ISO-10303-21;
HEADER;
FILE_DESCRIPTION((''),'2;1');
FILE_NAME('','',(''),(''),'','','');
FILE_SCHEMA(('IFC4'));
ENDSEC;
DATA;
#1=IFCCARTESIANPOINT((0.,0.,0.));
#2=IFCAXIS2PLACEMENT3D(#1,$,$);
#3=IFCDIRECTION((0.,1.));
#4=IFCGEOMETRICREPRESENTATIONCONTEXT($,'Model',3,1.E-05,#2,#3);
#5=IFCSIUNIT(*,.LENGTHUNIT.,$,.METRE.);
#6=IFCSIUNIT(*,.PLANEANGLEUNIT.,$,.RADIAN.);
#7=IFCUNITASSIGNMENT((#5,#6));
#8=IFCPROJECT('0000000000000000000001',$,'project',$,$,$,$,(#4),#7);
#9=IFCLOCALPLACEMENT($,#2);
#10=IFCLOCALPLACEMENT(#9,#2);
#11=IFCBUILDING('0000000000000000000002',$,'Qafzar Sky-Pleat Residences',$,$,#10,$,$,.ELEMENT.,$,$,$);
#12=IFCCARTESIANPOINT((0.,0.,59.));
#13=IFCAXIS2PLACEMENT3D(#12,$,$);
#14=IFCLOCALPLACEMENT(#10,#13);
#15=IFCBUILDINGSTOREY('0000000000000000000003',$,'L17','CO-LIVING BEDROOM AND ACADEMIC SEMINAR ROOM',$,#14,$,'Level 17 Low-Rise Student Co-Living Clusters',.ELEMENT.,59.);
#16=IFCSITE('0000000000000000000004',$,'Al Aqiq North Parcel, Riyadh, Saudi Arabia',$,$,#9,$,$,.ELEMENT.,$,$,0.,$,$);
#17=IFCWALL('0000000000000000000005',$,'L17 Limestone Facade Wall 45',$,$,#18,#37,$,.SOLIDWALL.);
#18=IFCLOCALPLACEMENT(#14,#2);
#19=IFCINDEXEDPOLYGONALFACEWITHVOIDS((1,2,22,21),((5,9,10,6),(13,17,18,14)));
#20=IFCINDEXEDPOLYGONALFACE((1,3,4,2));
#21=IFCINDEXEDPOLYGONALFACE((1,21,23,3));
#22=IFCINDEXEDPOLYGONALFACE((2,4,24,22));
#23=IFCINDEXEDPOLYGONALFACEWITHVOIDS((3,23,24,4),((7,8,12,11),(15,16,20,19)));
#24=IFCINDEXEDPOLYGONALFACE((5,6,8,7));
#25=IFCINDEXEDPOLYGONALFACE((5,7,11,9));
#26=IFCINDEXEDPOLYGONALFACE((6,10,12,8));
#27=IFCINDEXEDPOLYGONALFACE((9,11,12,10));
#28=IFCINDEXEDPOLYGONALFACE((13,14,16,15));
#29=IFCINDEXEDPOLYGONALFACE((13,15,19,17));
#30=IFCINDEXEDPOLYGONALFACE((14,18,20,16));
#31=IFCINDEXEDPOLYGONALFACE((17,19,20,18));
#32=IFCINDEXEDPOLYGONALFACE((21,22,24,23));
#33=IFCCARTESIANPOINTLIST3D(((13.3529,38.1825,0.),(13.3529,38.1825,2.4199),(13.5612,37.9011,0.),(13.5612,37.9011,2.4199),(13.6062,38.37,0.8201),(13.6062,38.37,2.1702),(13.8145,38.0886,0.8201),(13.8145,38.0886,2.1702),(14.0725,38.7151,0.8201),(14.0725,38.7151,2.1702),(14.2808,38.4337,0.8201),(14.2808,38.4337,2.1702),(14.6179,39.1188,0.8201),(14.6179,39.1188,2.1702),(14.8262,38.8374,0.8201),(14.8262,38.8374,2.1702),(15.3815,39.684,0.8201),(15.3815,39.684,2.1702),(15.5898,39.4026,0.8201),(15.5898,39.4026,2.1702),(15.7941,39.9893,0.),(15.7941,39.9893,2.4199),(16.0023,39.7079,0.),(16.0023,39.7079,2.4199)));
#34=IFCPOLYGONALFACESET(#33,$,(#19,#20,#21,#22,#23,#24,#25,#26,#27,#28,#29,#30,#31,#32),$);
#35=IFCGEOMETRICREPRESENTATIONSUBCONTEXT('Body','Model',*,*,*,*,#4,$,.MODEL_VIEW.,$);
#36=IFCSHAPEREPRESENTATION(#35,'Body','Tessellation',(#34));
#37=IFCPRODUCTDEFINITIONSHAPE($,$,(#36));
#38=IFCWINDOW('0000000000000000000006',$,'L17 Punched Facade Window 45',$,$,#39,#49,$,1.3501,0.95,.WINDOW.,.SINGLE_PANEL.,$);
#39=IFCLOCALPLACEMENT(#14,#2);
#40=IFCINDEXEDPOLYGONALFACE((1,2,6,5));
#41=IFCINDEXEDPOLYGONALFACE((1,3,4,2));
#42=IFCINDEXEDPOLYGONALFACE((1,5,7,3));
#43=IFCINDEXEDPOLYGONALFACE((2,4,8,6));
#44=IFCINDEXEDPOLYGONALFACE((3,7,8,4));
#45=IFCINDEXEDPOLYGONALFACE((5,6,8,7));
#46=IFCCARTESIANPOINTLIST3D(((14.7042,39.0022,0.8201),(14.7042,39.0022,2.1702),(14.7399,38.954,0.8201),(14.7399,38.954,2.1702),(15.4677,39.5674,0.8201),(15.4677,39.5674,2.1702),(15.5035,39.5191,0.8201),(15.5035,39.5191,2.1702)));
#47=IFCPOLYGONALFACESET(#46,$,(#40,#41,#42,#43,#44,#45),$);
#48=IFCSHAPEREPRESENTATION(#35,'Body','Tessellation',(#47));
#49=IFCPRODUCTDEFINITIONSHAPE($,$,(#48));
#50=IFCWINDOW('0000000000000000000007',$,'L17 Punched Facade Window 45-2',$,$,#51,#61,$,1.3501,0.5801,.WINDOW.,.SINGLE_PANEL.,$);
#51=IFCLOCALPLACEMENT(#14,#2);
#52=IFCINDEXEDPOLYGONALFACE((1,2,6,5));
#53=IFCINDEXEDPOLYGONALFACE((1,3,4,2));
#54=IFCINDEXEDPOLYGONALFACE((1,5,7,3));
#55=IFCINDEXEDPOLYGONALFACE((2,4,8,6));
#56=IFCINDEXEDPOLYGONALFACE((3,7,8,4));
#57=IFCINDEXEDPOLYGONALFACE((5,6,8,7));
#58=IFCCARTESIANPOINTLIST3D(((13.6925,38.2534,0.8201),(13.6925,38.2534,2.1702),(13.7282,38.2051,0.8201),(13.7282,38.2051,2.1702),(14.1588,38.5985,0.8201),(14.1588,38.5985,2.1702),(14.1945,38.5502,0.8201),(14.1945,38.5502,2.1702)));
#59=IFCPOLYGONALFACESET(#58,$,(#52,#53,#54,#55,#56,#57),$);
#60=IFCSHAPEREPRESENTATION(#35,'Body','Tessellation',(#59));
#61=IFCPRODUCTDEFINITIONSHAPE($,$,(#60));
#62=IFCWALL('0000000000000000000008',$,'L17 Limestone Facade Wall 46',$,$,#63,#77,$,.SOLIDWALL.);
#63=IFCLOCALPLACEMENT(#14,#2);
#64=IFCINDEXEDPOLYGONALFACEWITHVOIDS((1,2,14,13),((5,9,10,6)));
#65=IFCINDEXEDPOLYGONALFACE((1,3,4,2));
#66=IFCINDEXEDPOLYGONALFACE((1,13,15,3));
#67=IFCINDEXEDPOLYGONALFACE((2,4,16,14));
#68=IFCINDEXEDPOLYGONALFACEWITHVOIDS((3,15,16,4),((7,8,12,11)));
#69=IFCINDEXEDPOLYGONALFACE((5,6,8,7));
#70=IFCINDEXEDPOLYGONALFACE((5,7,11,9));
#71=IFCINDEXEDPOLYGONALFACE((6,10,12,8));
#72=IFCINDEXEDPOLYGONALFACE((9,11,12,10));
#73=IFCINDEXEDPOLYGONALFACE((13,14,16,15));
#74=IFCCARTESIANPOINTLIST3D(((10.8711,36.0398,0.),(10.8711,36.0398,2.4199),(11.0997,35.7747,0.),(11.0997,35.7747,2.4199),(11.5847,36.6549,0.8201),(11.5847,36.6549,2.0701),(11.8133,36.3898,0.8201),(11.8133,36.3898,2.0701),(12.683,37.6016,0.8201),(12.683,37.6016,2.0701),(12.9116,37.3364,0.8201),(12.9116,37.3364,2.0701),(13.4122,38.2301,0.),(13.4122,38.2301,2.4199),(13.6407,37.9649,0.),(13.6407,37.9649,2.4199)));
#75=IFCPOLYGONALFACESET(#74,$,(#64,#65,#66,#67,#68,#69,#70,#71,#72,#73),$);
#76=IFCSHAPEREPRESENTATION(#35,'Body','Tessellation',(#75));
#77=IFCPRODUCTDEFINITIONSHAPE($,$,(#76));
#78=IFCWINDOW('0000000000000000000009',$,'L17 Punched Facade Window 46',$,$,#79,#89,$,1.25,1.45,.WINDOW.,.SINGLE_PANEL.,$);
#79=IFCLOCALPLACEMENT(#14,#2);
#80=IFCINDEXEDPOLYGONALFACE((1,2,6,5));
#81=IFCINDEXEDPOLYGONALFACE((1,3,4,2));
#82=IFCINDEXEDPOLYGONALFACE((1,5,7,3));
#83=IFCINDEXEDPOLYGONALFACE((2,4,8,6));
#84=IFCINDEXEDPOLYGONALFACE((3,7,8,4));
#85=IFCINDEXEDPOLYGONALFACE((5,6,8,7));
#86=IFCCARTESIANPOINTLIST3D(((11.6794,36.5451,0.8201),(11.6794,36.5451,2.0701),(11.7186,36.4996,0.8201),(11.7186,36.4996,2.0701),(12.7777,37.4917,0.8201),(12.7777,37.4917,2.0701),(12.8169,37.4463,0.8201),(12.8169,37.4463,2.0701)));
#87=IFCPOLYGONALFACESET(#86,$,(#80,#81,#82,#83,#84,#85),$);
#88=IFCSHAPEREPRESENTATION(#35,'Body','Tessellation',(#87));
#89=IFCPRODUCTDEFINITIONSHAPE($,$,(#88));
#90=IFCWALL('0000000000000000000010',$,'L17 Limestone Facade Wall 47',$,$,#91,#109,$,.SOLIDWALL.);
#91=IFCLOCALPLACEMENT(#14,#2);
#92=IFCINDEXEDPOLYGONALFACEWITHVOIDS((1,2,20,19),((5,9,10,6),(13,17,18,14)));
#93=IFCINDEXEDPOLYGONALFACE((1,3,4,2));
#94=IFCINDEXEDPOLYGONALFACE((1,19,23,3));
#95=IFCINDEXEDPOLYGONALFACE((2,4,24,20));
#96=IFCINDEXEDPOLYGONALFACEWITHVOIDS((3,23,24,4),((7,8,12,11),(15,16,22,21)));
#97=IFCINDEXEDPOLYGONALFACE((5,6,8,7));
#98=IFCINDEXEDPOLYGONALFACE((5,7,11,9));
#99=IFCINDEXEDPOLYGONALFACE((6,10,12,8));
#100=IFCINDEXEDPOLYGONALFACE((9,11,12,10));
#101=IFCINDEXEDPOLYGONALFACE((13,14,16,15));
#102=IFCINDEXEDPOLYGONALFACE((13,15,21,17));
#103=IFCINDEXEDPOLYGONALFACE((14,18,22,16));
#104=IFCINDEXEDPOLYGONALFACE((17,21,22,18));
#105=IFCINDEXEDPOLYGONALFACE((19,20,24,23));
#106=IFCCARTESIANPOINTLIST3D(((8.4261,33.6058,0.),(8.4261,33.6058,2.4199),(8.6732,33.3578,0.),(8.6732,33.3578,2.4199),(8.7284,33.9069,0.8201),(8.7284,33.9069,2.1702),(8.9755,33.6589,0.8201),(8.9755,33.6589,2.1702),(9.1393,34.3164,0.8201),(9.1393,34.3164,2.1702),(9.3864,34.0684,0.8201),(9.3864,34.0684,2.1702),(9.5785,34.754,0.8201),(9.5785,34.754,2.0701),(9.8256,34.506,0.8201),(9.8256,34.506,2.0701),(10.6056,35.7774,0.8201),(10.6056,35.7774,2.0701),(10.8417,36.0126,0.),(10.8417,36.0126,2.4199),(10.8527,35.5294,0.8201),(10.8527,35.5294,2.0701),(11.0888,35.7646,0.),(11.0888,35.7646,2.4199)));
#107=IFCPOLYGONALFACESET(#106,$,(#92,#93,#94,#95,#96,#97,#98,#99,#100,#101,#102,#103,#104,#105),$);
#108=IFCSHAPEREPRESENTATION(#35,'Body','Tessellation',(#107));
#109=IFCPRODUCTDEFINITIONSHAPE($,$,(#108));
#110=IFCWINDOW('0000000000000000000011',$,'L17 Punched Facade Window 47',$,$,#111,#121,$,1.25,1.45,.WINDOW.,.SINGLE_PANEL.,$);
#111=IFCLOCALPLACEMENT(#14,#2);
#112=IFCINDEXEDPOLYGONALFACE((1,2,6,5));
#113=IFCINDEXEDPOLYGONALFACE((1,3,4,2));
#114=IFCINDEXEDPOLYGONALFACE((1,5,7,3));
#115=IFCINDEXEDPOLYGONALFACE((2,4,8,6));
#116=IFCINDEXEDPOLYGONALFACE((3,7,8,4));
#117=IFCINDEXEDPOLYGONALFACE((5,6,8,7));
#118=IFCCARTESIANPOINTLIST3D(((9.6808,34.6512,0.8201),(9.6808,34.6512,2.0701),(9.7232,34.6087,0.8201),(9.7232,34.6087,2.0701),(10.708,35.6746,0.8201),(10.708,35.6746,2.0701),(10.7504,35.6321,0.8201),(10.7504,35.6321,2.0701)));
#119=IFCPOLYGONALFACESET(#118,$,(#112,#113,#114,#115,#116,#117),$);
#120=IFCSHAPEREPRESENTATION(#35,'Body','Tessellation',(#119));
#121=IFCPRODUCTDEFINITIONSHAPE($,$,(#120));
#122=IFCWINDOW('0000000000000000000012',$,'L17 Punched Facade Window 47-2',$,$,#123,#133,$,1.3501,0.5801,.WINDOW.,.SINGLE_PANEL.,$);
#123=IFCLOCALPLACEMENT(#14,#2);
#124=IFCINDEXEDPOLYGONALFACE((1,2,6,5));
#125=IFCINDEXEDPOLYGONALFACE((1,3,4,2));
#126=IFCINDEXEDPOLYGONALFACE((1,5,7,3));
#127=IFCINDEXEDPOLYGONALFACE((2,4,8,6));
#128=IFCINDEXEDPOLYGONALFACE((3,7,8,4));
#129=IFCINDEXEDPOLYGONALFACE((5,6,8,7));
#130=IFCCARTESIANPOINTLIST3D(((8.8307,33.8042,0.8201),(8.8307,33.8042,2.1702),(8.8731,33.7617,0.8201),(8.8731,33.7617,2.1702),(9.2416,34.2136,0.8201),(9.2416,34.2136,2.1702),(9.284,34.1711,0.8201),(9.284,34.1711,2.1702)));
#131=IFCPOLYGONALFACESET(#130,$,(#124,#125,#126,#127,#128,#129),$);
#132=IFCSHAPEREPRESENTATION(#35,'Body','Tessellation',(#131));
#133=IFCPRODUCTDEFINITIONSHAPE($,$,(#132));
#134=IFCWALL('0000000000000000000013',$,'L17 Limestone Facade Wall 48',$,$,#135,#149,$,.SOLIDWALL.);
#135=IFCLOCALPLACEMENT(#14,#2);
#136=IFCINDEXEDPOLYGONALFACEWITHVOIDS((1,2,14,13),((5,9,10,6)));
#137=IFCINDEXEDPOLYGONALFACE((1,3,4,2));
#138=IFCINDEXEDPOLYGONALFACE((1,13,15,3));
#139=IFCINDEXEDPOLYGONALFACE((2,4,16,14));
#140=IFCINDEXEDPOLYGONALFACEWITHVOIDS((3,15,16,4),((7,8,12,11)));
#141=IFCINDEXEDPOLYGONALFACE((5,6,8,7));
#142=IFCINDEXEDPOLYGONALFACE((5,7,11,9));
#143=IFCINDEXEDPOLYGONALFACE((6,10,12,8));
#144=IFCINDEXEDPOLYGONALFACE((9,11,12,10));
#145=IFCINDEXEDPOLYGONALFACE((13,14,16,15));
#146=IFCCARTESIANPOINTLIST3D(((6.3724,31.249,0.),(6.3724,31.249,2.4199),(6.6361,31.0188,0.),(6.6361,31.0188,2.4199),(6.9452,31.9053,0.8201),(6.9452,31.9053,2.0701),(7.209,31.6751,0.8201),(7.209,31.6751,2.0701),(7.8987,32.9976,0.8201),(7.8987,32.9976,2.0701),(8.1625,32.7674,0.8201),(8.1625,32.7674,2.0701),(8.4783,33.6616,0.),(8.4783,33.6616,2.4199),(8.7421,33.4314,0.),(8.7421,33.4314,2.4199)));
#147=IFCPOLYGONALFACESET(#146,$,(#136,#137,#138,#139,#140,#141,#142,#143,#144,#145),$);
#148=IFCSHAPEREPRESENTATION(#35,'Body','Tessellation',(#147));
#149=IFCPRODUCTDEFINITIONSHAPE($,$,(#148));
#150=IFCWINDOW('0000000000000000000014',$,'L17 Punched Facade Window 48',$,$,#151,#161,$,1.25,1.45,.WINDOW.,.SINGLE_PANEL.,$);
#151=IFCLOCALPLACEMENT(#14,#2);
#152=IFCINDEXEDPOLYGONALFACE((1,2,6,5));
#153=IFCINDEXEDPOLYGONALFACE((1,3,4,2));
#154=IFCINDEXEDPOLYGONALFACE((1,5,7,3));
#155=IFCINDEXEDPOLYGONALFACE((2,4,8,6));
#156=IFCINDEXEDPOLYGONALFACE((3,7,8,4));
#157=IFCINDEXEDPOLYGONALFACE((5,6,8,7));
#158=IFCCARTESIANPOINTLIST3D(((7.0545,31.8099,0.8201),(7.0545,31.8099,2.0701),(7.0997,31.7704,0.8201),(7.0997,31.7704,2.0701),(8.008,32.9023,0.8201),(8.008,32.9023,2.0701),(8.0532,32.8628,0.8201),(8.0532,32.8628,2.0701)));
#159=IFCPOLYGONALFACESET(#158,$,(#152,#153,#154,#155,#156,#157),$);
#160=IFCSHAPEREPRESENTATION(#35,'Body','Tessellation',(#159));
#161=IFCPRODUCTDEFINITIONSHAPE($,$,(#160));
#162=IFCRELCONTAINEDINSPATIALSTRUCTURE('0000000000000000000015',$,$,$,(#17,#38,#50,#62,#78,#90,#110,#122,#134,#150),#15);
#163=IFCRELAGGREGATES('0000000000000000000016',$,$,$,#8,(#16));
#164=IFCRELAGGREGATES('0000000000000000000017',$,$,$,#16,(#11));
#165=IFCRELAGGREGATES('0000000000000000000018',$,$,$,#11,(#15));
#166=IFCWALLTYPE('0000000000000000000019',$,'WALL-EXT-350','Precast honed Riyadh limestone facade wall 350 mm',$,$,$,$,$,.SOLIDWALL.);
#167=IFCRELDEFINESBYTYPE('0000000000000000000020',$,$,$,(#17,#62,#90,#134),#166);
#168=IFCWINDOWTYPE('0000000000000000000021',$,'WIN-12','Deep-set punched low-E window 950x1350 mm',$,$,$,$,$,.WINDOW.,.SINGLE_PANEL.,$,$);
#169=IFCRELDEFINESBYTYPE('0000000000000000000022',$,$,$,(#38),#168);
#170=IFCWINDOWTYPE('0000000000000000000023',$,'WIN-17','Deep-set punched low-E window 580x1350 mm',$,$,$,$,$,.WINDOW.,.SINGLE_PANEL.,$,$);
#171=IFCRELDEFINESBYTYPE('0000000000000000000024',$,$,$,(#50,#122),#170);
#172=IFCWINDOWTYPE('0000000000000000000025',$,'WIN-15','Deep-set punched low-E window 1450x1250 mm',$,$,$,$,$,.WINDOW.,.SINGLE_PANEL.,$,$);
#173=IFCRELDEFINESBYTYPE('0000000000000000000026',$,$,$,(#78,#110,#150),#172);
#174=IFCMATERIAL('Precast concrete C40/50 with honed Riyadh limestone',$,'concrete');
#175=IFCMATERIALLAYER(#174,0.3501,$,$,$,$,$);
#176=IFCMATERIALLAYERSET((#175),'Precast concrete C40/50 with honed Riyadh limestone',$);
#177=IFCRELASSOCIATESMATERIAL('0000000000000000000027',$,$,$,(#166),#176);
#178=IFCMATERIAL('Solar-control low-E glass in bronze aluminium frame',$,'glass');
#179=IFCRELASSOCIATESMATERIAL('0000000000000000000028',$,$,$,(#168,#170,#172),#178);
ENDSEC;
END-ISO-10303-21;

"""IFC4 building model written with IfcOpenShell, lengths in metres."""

from ifc_helpers import new_model, si_unit, direction, frame, frame_2d, origin, place, context, subcontext, project, spatial, rectangle, extrude, source, transform, mapped, material, layer, layer_set, type_object, element, fill, save


model = new_model("IFC4")

# Units and contexts
model_context = context("Model", 3, precision=1e-05, world=origin(), true_north=direction((0.0, 1.0)))
body_context = subcontext(model_context, "Body", "Model", "MODEL_VIEW")
ifc_project = project(units=[si_unit("LENGTHUNIT", "METRE"), si_unit("PLANEANGLEUNIT", "RADIAN")], contexts=[model_context])

# Site, building, storey
site_placement = place(None, origin())
site = spatial("IfcSite", under=ifc_project, at=site_placement, Name="Al Aqiq North Parcel, Riyadh, Saudi Arabia", CompositionType="ELEMENT", RefElevation=0.0)
building_placement = place(site_placement, origin())
building = spatial("IfcBuilding", under=site, at=building_placement, Name="Qafzar Sky-Pleat Residences", CompositionType="ELEMENT")
storey_placement = place(building_placement, frame((0.0, 0.0, 59.0)))
storey = spatial("IfcBuildingStorey", under=building, at=storey_placement, Name="L17", Description="CO-LIVING BEDROOM AND ACADEMIC SEMINAR ROOM", LongName="Level 17 Low-Rise Student Co-Living Clusters", CompositionType="ELEMENT", Elevation=59.0)

# Shared definitions
ifc_material_1 = material(Name="Precast concrete C40/50 with honed Riyadh limestone", Category="concrete")
ifc_layer_1 = layer(ifc_material_1, 0.3501)
ifc_layer_set_1 = layer_set([ifc_layer_1], Name="Precast concrete C40/50 with honed Riyadh limestone")
wall_type_1 = type_object("IfcWallType", Name="WALL-EXT-350", Description="Precast honed Riyadh limestone facade wall 350 mm", PredefinedType="SOLIDWALL", material=ifc_layer_set_1)
ifc_material_2 = material(Name="Solar-control low-E glass in bronze aluminium frame", Category="glass")

# Wall, openings, windows
wall_1_placement = place(storey_placement, frame((15.8982, 39.8486, 0.0), z_axis=(0.0, 0.0, 1.0), x_axis=(-0.803775, -0.594933, 0.0)))
wall_1 = element("IfcWall", 1, at=wall_1_placement, inside=storey, type_object=wall_type_1, Name="L17 Limestone Facade Wall 45", PredefinedType="SOLIDWALL", context=body_context, shape_type="SweptSolid", body=[
    extrude(rectangle(XDim=3.0371, YDim=0.3501, at=frame_2d((1.5186, 0.0))), origin(), (0.0, 0.0, 1.0), 2.4199),
])
opening_1_placement = place(wall_1_placement, frame((0.5132, 0.0, 0.8201)))
opening_1 = element("IfcOpeningElement", 2, at=opening_1_placement, cuts=wall_1, PredefinedType="OPENING", context=body_context, shape_type="SweptSolid", body=[
    extrude(rectangle(XDim=0.95, YDim=1.3501, at=frame_2d((0.4751, 0.675))), frame((0.0, 0.1851, 0.0), z_axis=(0.0, -1.0, 0.0), x_axis=(1.0, 0.0, 0.0)), (0.0, 0.0, 1.0), 0.3701),
])
opening_2_placement = place(wall_1_placement, frame((2.1418, 0.0, 0.8201)))
opening_2 = element("IfcOpeningElement", 3, at=opening_2_placement, cuts=wall_1, PredefinedType="OPENING", context=body_context, shape_type="SweptSolid", body=[
    extrude(rectangle(XDim=0.5801, YDim=1.3501, at=frame_2d((0.29, 0.675))), frame((0.0, 0.1851, 0.0), z_axis=(0.0, -1.0, 0.0), x_axis=(1.0, 0.0, 0.0)), (0.0, 0.0, 1.0), 0.3701),
])
window_type_1 = type_object("IfcWindowType", Name="WIN-12", Description="Deep-set punched low-E window 950x1350 mm", PartitioningType="SINGLE_PANEL", PredefinedType="WINDOW", material=ifc_material_2)
shared_shape_1 = source(origin(), body_context, "Body", "SweptSolid", [
    extrude(rectangle(XDim=0.95, YDim=1.3501, at=frame_2d((0.4751, 0.675))), frame((0.0, 0.03, 0.0), z_axis=(0.0, -1.0, 0.0), x_axis=(1.0, 0.0, 0.0)), (0.0, 0.0, 1.0), 0.0601),
])
window_1_placement = place(opening_1_placement, origin())
window_1 = element("IfcWindow", 4, at=window_1_placement, inside=storey, type_object=window_type_1, Name="L17 Punched Facade Window 45", OverallHeight=1.3501, OverallWidth=0.95, PartitioningType="SINGLE_PANEL", PredefinedType="WINDOW", context=body_context, shape_type="MappedRepresentation", body=[
    mapped(shared_shape_1, transform((0.0, 0.0, 0.0), x_axis=(1.0, 0.0, 0.0), y_axis=(0.0, 1.0, 0.0), z_axis=(0.0, 0.0, 1.0), scale=1.0)),
])
fill(opening_1, window_1)
window_type_2 = type_object("IfcWindowType", Name="WIN-17", Description="Deep-set punched low-E window 580x1350 mm", PartitioningType="SINGLE_PANEL", PredefinedType="WINDOW", material=ifc_material_2)
shared_shape_2 = source(origin(), body_context, "Body", "SweptSolid", [
    extrude(rectangle(XDim=0.5801, YDim=1.3501, at=frame_2d((0.29, 0.675))), frame((0.0, 0.03, 0.0), z_axis=(0.0, -1.0, 0.0), x_axis=(1.0, 0.0, 0.0)), (0.0, 0.0, 1.0), 0.0601),
])
window_2_placement = place(opening_2_placement, origin())
window_2 = element("IfcWindow", 5, at=window_2_placement, inside=storey, type_object=window_type_2, Name="L17 Punched Facade Window 45-2", OverallHeight=1.3501, OverallWidth=0.5801, PartitioningType="SINGLE_PANEL", PredefinedType="WINDOW", context=body_context, shape_type="MappedRepresentation", body=[
    mapped(shared_shape_2, transform((0.0, 0.0, 0.0), x_axis=(1.0, 0.0, 0.0), y_axis=(0.0, 1.0, 0.0), z_axis=(0.0, 0.0, 1.0), scale=1.0)),
])
fill(opening_2, window_2)

# Wall, opening, window
wall_2_placement = place(storey_placement, frame((13.5264, 38.0974, 0.0), z_axis=(0.0, 0.0, 1.0), x_axis=(-0.757461, -0.652881, 0.0)))
wall_2 = element("IfcWall", 6, at=wall_2_placement, inside=storey, type_object=wall_type_1, Name="L17 Limestone Facade Wall 46", PredefinedType="SOLIDWALL", context=body_context, shape_type="SweptSolid", body=[
    extrude(rectangle(XDim=3.3547, YDim=0.3501, at=frame_2d((1.6772, 0.0))), origin(), (0.0, 0.0, 1.0), 2.4199),
])
opening_3_placement = place(wall_2_placement, frame((0.9624, 0.0, 0.8201)))
opening_3 = element("IfcOpeningElement", 7, at=opening_3_placement, cuts=wall_2, PredefinedType="OPENING", context=body_context, shape_type="SweptSolid", body=[
    extrude(rectangle(XDim=1.45, YDim=1.25, at=frame_2d((0.7251, 0.625))), frame((0.0, 0.1851, 0.0), z_axis=(0.0, -1.0, 0.0), x_axis=(1.0, 0.0, 0.0)), (0.0, 0.0, 1.0), 0.3701),
])
window_type_3 = type_object("IfcWindowType", Name="WIN-15", Description="Deep-set punched low-E window 1450x1250 mm", PartitioningType="SINGLE_PANEL", PredefinedType="WINDOW", material=ifc_material_2)
shared_shape_3 = source(origin(), body_context, "Body", "SweptSolid", [
    extrude(rectangle(XDim=1.45, YDim=1.25, at=frame_2d((0.7251, 0.625))), frame((0.0, 0.03, 0.0), z_axis=(0.0, -1.0, 0.0), x_axis=(1.0, 0.0, 0.0)), (0.0, 0.0, 1.0), 0.0601),
])
window_3_placement = place(opening_3_placement, origin())
window_3 = element("IfcWindow", 8, at=window_3_placement, inside=storey, type_object=window_type_3, Name="L17 Punched Facade Window 46", OverallHeight=1.25, OverallWidth=1.45, PartitioningType="SINGLE_PANEL", PredefinedType="WINDOW", context=body_context, shape_type="MappedRepresentation", body=[
    mapped(shared_shape_3, transform((0.0, 0.0, 0.0), x_axis=(1.0, 0.0, 0.0), y_axis=(0.0, 1.0, 0.0), z_axis=(0.0, 0.0, 1.0), scale=1.0)),
])
fill(opening_3, window_3)

# Wall, openings, windows
wall_3_placement = place(storey_placement, frame((10.9653, 35.8887, 0.0), z_axis=(0.0, 0.0, 1.0), x_axis=(-0.708394, -0.705817, 0.0)))
wall_3 = element("IfcWall", 9, at=wall_3_placement, inside=storey, type_object=wall_type_1, Name="L17 Limestone Facade Wall 47", PredefinedType="SOLIDWALL", context=body_context, shape_type="SweptSolid", body=[
    extrude(rectangle(XDim=3.4099, YDim=0.3501, at=frame_2d((1.7051, 0.0))), origin(), (0.0, 0.0, 1.0), 2.4199),
])
opening_4_placement = place(wall_3_placement, frame((0.3333, 0.0, 0.8201)))
opening_4 = element("IfcOpeningElement", 10, at=opening_4_placement, cuts=wall_3, PredefinedType="OPENING", context=body_context, shape_type="SweptSolid", body=[
    extrude(rectangle(XDim=1.45, YDim=1.25, at=frame_2d((0.7251, 0.625))), frame((0.0, 0.1851, 0.0), z_axis=(0.0, -1.0, 0.0), x_axis=(1.0, 0.0, 0.0)), (0.0, 0.0, 1.0), 0.3701),
])
opening_5_placement = place(wall_3_placement, frame((2.4033, 0.0, 0.8201)))
opening_5 = element("IfcOpeningElement", 11, at=opening_5_placement, cuts=wall_3, PredefinedType="OPENING", context=body_context, shape_type="SweptSolid", body=[
    extrude(rectangle(XDim=0.5801, YDim=1.3501, at=frame_2d((0.29, 0.675))), frame((0.0, 0.1851, 0.0), z_axis=(0.0, -1.0, 0.0), x_axis=(1.0, 0.0, 0.0)), (0.0, 0.0, 1.0), 0.3701),
])
window_4_placement = place(opening_4_placement, origin())
window_4 = element("IfcWindow", 12, at=window_4_placement, inside=storey, type_object=window_type_3, Name="L17 Punched Facade Window 47", OverallHeight=1.25, OverallWidth=1.45, PartitioningType="SINGLE_PANEL", PredefinedType="WINDOW", context=body_context, shape_type="MappedRepresentation", body=[
    mapped(shared_shape_3, transform((0.0, 0.0, 0.0), x_axis=(1.0, 0.0, 0.0), y_axis=(0.0, 1.0, 0.0), z_axis=(0.0, 0.0, 1.0), scale=1.0)),
])
fill(opening_4, window_4)
window_5_placement = place(opening_5_placement, origin())
window_5 = element("IfcWindow", 13, at=window_5_placement, inside=storey, type_object=window_type_2, Name="L17 Punched Facade Window 47-2", OverallHeight=1.3501, OverallWidth=0.5801, PartitioningType="SINGLE_PANEL", PredefinedType="WINDOW", context=body_context, shape_type="MappedRepresentation", body=[
    mapped(shared_shape_2, transform((0.0, 0.0, 0.0), x_axis=(1.0, 0.0, 0.0), y_axis=(0.0, 1.0, 0.0), z_axis=(0.0, 0.0, 1.0), scale=1.0)),
])
fill(opening_5, window_5)

# Wall, opening, window
wall_4_placement = place(storey_placement, frame((8.6101, 33.5464, 0.0), z_axis=(0.0, 0.0, 1.0), x_axis=(-0.657608, -0.75336, 0.0)))
wall_4 = element("IfcWall", 14, at=wall_4_placement, inside=storey, type_object=wall_type_1, Name="L17 Limestone Facade Wall 48", PredefinedType="SOLIDWALL", context=body_context, shape_type="SweptSolid", body=[
    extrude(rectangle(XDim=3.2024, YDim=0.3501, at=frame_2d((1.6011, 0.0))), origin(), (0.0, 0.0, 1.0), 2.4199),
])
opening_6_placement = place(wall_4_placement, frame((0.8811, 0.0, 0.8201)))
opening_6 = element("IfcOpeningElement", 15, at=opening_6_placement, cuts=wall_4, PredefinedType="OPENING", context=body_context, shape_type="SweptSolid", body=[
    extrude(rectangle(XDim=1.45, YDim=1.25, at=frame_2d((0.7251, 0.625))), frame((0.0, 0.1851, 0.0), z_axis=(0.0, -1.0, 0.0), x_axis=(1.0, 0.0, 0.0)), (0.0, 0.0, 1.0), 0.3701),
])
window_6_placement = place(opening_6_placement, origin())
window_6 = element("IfcWindow", 16, at=window_6_placement, inside=storey, type_object=window_type_3, Name="L17 Punched Facade Window 48", OverallHeight=1.25, OverallWidth=1.45, PartitioningType="SINGLE_PANEL", PredefinedType="WINDOW", context=body_context, shape_type="MappedRepresentation", body=[
    mapped(shared_shape_3, transform((0.0, 0.0, 0.0), x_axis=(1.0, 0.0, 0.0), y_axis=(0.0, 1.0, 0.0), z_axis=(0.0, 0.0, 1.0), scale=1.0)),
])
fill(opening_6, window_6)

save(model, "model.ifc")
